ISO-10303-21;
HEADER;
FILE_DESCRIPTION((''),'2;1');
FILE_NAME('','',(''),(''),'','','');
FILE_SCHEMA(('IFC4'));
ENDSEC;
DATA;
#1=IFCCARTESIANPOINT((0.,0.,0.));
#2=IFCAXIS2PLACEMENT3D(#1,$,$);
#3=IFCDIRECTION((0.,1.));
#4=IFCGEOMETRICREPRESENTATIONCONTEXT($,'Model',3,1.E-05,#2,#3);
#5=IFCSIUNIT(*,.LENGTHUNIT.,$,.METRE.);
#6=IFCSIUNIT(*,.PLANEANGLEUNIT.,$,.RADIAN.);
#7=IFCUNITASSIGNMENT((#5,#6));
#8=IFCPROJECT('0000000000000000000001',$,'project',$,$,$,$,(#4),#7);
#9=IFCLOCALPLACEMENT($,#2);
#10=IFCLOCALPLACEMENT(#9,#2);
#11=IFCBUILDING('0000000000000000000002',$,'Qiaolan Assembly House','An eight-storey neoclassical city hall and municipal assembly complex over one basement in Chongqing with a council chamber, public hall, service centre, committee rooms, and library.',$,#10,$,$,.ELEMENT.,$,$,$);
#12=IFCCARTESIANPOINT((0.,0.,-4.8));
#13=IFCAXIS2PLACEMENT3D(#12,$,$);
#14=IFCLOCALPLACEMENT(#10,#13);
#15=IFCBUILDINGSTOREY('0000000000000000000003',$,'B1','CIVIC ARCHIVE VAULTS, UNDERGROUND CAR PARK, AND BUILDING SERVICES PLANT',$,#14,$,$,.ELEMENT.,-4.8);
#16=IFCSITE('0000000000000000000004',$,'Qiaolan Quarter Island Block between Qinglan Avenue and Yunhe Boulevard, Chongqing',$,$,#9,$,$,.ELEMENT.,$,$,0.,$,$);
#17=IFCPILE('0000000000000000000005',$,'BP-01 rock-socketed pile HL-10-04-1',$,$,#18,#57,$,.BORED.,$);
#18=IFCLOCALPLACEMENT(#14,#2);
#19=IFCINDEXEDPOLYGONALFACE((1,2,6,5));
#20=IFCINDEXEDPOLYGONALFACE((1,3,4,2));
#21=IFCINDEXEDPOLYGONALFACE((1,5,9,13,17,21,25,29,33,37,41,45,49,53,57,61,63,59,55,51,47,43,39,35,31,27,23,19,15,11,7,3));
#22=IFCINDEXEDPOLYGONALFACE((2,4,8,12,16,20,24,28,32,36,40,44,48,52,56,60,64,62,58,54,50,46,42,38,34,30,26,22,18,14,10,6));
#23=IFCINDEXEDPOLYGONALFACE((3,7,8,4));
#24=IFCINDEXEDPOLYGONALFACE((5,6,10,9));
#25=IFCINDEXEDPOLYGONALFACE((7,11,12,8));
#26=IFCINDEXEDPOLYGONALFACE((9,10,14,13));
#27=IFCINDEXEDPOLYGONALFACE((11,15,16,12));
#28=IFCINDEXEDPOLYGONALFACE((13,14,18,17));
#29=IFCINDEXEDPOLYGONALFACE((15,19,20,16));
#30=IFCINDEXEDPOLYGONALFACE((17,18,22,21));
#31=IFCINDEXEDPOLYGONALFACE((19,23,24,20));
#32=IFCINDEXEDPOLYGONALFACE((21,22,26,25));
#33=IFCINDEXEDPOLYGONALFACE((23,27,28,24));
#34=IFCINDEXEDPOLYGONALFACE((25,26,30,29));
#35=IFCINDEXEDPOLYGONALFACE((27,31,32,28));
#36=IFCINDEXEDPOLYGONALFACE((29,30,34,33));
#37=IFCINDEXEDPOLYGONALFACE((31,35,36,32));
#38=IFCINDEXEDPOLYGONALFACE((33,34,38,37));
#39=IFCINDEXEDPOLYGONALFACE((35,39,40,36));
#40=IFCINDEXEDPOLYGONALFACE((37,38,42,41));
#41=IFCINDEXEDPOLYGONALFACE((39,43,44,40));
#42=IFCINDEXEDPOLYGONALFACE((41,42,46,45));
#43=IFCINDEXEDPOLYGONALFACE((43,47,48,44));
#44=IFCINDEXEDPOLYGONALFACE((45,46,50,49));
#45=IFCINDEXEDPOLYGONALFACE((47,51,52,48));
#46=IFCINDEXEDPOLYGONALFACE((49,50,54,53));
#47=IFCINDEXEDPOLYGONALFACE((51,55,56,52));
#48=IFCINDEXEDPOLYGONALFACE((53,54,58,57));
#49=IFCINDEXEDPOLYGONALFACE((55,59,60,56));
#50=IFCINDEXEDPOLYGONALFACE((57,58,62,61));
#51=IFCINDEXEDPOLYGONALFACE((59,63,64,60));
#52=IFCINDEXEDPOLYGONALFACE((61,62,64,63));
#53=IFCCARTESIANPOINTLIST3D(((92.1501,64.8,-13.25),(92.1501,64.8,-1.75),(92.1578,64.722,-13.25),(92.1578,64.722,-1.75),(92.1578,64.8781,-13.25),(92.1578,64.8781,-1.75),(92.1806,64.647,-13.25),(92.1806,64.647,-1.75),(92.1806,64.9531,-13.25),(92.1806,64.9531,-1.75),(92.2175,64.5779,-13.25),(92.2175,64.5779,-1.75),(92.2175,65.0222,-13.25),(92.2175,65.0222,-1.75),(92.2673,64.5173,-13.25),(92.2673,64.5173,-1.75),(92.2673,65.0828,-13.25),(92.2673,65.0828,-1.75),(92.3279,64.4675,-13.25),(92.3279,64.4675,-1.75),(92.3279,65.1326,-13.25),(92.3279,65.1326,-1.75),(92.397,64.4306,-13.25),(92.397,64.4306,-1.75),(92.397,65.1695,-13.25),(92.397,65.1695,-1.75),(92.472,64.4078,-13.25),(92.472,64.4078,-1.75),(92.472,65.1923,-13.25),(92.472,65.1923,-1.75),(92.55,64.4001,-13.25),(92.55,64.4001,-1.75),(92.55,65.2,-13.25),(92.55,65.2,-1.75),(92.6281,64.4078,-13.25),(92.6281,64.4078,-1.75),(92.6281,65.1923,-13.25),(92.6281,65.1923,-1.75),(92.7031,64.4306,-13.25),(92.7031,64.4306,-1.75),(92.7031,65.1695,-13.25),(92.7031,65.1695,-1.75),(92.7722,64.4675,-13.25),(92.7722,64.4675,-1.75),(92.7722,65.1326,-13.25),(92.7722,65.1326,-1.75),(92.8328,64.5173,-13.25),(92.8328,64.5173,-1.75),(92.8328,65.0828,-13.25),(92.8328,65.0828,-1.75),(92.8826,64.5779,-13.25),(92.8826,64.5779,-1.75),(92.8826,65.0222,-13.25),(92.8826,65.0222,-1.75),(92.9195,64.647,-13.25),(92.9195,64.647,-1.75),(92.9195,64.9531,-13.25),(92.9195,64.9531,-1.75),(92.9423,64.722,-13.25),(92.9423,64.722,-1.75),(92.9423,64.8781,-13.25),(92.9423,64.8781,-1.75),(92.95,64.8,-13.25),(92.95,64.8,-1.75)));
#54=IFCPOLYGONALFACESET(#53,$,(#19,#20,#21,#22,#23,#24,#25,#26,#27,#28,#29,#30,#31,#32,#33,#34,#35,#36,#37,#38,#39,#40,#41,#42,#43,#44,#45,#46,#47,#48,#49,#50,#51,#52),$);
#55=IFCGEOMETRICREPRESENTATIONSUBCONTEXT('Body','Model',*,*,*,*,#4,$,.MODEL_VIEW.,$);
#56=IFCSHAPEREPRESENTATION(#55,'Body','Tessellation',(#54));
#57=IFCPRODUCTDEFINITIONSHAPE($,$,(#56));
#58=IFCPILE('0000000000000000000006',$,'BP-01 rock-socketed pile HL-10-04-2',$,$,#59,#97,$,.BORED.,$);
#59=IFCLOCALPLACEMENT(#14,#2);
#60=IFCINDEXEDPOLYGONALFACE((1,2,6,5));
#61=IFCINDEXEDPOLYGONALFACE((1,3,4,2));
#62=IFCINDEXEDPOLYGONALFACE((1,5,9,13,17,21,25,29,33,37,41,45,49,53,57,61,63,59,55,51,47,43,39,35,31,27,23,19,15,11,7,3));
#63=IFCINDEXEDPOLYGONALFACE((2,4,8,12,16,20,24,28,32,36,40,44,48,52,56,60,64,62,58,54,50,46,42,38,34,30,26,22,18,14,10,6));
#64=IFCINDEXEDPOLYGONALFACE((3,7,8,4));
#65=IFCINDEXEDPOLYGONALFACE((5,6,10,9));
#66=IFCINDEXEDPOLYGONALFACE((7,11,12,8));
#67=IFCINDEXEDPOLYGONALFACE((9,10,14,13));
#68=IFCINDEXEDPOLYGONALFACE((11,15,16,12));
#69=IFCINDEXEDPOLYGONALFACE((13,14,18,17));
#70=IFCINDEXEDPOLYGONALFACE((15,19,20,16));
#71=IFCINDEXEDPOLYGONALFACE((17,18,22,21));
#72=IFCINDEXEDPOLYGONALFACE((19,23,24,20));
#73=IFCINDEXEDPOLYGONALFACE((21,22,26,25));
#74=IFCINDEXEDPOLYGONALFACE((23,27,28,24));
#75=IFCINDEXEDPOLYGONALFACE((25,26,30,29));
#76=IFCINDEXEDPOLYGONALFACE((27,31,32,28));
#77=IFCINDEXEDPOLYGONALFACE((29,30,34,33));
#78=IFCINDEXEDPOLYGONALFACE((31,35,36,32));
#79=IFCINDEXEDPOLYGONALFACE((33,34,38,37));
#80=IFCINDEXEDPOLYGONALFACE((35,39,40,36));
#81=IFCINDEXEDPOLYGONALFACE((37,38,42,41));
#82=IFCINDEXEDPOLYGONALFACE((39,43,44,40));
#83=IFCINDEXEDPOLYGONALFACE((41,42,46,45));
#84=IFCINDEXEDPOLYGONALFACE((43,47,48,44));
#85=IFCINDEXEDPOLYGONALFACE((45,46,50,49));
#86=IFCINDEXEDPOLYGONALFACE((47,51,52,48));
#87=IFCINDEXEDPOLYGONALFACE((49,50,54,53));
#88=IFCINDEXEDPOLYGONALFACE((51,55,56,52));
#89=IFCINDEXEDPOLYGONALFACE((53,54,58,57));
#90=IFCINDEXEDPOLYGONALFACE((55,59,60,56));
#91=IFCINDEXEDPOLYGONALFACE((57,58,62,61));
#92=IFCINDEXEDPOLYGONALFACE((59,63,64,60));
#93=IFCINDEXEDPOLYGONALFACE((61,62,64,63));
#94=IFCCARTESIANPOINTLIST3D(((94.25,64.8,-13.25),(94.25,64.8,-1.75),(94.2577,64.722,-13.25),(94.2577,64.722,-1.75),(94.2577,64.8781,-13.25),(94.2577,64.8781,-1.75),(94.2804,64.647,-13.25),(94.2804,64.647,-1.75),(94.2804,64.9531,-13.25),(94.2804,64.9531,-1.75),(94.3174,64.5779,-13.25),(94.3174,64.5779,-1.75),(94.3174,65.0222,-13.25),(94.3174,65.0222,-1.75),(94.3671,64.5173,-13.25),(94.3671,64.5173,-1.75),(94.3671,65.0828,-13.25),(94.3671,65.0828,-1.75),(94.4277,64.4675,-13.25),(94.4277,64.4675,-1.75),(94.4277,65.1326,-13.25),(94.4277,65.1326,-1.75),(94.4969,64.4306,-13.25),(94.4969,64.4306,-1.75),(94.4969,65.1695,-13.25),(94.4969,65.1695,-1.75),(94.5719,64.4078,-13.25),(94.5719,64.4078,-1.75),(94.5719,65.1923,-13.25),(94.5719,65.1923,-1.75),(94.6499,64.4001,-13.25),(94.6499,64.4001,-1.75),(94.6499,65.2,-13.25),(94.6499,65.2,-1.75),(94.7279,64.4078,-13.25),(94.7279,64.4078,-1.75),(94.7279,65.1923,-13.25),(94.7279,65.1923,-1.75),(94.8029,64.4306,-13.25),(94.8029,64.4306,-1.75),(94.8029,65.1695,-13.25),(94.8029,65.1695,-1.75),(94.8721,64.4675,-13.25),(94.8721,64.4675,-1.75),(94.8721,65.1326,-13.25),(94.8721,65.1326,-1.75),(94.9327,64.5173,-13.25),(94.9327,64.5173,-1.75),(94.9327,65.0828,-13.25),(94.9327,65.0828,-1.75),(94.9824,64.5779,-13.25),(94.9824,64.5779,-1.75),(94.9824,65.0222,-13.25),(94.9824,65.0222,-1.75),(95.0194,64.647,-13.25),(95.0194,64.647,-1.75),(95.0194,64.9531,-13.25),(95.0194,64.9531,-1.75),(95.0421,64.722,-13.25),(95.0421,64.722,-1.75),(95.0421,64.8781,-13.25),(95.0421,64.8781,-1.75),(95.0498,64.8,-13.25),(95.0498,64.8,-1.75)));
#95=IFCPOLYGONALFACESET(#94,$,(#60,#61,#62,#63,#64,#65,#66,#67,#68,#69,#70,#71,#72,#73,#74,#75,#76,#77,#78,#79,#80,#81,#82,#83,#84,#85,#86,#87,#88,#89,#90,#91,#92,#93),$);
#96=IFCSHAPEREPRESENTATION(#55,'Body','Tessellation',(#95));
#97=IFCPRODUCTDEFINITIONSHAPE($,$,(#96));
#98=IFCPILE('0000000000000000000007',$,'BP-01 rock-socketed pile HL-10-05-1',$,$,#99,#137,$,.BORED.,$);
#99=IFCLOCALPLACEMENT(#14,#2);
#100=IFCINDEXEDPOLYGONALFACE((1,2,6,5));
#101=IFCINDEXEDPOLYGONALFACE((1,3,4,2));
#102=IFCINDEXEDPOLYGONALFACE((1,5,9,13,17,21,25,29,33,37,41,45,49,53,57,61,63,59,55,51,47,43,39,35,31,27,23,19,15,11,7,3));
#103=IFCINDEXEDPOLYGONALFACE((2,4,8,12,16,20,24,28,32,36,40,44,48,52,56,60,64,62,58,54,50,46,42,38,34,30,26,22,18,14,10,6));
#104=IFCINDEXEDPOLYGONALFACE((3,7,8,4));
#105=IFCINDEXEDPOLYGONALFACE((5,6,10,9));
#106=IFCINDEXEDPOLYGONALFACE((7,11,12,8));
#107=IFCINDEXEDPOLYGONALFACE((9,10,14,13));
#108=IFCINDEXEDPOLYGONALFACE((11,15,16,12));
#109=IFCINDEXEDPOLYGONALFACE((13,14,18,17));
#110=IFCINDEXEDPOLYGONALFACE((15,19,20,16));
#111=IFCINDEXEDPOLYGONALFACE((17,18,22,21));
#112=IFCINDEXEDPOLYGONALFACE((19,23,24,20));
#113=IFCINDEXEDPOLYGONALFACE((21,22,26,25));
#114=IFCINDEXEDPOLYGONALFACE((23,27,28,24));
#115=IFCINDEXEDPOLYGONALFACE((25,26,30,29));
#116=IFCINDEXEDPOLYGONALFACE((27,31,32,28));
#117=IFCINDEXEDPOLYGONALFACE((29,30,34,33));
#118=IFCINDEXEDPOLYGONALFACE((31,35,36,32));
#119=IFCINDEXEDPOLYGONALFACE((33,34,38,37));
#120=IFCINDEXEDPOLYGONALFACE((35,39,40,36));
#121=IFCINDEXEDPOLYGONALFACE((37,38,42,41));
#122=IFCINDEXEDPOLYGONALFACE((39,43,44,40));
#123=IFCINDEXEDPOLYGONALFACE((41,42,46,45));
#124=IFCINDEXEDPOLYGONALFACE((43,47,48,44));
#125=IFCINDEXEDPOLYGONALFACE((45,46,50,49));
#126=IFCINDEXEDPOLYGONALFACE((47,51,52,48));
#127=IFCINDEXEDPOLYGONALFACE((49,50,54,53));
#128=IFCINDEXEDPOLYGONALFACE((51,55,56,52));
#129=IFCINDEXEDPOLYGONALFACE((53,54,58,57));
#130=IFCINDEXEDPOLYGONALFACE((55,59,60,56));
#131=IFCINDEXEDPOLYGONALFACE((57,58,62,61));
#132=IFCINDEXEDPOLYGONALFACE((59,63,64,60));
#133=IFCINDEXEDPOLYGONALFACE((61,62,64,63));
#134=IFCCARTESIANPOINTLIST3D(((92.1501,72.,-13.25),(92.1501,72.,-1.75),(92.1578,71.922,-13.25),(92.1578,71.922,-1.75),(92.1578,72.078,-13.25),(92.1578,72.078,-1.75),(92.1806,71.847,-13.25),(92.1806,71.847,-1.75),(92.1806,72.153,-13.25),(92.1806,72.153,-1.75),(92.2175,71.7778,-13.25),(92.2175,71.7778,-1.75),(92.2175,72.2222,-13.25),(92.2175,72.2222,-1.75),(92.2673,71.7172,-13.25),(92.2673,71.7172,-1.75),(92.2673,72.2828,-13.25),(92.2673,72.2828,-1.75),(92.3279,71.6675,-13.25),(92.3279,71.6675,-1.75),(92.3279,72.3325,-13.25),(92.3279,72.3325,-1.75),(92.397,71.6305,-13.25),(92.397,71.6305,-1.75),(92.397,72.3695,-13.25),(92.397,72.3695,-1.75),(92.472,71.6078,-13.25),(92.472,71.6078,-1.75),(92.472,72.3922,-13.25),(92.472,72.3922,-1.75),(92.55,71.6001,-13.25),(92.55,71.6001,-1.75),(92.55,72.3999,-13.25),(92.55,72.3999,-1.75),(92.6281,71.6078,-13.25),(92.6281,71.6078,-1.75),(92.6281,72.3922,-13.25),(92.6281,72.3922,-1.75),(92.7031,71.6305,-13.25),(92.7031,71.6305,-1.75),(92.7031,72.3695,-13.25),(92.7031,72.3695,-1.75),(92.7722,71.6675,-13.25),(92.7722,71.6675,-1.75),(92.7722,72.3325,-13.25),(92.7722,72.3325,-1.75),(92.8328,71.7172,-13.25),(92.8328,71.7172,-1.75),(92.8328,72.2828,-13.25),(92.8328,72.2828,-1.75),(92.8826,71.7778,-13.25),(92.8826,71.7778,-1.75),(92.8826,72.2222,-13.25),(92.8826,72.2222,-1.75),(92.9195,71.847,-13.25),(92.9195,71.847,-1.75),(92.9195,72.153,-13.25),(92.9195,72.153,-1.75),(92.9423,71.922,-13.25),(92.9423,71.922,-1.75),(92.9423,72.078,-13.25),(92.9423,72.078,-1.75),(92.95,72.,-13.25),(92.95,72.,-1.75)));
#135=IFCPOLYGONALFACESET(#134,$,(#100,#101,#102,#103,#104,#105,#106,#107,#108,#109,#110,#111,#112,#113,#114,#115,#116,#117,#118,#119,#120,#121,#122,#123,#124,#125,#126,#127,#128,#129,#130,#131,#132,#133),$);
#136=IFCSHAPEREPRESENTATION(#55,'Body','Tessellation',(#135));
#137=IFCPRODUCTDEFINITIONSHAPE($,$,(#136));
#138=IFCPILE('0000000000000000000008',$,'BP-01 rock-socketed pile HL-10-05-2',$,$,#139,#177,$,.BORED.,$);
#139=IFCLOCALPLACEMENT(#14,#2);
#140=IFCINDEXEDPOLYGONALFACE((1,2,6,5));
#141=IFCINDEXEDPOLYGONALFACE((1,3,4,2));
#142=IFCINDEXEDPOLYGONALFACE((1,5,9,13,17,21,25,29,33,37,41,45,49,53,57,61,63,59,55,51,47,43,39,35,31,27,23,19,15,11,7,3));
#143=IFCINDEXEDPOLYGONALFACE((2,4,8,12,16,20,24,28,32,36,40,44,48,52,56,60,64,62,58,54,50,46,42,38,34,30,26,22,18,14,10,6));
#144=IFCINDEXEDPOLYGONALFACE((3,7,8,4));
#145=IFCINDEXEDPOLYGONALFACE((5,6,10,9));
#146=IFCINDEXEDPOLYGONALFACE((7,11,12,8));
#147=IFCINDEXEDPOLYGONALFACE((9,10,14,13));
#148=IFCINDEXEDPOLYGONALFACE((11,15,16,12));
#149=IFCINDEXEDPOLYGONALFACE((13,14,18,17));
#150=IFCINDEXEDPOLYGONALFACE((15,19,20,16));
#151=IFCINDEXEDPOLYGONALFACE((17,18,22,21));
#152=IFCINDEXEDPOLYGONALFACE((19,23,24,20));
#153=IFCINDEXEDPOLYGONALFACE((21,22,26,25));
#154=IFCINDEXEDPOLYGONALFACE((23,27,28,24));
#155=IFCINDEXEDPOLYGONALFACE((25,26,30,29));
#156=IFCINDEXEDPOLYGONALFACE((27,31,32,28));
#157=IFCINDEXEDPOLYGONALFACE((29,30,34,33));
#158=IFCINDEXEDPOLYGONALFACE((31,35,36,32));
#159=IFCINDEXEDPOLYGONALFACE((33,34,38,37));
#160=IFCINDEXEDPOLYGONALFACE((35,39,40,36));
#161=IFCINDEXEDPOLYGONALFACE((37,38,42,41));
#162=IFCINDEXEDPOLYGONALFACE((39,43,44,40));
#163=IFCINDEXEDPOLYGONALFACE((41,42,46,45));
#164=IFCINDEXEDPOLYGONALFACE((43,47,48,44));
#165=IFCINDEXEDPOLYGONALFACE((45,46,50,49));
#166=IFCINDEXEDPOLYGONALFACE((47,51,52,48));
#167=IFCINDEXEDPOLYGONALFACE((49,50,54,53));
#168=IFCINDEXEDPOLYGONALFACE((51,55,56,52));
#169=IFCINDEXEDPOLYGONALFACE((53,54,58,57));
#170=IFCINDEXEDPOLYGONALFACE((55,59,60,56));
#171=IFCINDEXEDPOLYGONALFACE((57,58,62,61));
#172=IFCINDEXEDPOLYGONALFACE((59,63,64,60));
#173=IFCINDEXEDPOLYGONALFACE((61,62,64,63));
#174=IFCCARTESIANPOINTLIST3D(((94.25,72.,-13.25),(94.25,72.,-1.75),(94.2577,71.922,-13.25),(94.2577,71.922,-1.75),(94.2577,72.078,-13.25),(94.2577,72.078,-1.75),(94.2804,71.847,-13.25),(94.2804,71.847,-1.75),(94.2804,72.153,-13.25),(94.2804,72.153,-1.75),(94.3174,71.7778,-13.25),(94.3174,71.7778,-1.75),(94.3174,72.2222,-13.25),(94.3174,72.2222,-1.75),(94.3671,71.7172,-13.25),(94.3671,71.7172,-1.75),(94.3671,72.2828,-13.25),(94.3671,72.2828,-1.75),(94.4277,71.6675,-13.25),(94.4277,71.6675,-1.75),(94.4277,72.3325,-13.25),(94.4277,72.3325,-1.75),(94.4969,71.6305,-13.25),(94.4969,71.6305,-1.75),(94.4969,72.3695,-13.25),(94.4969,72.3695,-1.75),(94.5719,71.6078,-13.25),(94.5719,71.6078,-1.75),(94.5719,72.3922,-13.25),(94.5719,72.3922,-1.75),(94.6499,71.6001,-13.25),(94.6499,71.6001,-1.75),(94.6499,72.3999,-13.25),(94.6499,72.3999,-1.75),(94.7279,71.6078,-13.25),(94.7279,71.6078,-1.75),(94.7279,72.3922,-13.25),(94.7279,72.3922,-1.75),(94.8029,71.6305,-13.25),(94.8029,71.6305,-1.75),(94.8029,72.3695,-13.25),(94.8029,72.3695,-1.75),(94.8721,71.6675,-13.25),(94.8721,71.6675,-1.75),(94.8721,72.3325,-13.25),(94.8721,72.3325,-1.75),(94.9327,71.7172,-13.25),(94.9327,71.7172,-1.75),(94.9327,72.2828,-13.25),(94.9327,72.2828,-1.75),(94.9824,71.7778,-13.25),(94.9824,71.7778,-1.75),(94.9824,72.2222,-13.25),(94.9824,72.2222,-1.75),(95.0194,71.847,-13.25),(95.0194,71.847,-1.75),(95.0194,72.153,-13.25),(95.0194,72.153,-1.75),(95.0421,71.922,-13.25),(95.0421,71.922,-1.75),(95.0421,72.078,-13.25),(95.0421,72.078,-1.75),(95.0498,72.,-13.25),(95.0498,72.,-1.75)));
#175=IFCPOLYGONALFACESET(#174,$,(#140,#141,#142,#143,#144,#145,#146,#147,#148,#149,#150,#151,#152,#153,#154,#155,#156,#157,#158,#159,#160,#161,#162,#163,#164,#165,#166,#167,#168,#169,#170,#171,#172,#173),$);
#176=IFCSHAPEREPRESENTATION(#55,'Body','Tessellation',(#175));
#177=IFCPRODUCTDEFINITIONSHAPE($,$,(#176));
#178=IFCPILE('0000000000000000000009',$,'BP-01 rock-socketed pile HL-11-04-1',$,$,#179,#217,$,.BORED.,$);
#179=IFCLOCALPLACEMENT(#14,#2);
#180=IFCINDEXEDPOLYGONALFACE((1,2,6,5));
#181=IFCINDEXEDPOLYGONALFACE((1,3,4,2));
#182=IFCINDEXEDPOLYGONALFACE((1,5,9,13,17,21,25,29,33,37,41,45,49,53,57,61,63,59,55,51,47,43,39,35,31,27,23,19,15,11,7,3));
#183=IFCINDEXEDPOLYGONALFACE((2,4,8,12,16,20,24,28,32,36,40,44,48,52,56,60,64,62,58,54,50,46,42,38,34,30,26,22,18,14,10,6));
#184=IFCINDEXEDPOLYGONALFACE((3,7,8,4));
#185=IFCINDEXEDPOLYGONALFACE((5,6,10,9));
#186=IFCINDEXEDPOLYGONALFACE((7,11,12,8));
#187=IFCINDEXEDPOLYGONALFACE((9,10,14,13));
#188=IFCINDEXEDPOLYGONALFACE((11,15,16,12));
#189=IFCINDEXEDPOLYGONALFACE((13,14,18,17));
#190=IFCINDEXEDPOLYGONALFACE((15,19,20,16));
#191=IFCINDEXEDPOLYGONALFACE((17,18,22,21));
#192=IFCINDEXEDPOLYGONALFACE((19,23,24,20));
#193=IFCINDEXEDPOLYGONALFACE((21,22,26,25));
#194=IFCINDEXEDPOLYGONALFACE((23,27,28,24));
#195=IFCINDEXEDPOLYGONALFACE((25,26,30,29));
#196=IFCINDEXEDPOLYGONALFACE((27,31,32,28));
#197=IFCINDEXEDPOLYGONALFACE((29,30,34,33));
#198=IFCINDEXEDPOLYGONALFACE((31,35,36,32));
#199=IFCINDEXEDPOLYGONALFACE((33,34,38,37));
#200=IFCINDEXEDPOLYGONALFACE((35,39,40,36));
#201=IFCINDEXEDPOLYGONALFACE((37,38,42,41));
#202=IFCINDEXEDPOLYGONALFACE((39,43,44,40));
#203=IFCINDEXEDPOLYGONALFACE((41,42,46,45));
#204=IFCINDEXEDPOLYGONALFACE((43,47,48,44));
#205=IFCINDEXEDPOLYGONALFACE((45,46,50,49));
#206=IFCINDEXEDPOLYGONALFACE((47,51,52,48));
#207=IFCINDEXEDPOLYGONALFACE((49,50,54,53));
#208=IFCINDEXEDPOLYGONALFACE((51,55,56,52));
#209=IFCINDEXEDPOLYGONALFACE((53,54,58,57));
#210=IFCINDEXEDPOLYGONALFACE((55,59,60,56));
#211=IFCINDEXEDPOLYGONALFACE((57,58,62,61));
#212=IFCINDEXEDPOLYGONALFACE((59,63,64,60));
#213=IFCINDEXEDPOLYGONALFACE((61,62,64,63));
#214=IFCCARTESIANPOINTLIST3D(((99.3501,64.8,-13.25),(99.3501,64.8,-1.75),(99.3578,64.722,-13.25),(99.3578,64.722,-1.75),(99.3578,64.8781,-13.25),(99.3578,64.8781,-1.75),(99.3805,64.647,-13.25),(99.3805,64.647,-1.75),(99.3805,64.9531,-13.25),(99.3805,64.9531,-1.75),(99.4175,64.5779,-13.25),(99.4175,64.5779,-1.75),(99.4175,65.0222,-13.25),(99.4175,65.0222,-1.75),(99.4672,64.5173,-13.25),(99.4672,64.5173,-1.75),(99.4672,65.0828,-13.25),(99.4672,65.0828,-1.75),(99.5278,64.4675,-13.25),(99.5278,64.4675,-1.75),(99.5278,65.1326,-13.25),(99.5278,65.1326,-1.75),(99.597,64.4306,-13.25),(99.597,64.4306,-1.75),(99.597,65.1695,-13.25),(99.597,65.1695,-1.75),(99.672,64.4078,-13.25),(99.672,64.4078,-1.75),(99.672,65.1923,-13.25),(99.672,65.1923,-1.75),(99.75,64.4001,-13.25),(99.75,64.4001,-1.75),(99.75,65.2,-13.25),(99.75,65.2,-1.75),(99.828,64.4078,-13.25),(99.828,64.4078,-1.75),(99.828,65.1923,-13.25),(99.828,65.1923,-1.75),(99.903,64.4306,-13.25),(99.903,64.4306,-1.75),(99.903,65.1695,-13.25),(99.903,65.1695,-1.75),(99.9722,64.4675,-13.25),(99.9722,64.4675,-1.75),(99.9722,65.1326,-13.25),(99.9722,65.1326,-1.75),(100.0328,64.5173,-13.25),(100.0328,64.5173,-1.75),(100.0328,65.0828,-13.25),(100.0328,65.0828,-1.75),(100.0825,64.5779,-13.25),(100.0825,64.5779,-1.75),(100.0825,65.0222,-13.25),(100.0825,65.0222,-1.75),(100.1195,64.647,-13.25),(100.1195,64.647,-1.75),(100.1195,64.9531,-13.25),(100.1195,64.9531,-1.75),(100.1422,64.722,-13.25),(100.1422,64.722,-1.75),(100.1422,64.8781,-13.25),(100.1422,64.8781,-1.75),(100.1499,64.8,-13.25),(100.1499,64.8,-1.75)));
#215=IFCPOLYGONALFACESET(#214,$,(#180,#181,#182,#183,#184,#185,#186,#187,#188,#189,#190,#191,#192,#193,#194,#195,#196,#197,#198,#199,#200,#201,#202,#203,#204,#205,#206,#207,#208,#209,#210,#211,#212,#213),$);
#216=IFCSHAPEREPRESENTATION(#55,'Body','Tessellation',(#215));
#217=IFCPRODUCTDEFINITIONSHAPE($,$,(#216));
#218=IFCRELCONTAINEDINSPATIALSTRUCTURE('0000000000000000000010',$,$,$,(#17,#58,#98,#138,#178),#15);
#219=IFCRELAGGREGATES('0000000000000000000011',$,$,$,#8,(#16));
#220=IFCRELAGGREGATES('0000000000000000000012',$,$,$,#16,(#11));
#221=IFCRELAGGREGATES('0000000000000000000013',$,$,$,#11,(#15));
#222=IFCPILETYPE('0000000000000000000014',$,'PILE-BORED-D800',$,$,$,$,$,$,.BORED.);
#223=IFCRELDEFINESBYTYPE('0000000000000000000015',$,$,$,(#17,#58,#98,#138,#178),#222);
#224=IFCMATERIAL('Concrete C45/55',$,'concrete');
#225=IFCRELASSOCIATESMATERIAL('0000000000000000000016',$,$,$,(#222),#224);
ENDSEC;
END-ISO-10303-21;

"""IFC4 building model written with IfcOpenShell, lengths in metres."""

from ifc_helpers import new_model, si_unit, direction, frame, origin, origin_2d, place, context, subcontext, project, spatial, circle, extrude, material, material_profile, profile_set, type_object, element, save


model = new_model("IFC4")

# Units and contexts
model_context = context("Model", 3, precision=1e-05, world=origin(), true_north=direction((0.0, 1.0)))
body_context = subcontext(model_context, "Body", "Model", "MODEL_VIEW")
ifc_project = project(units=[si_unit("LENGTHUNIT", "METRE"), si_unit("PLANEANGLEUNIT", "RADIAN")], contexts=[model_context])

# Site, building, storey
site_placement = place(None, origin())
site = spatial("IfcSite", under=ifc_project, at=site_placement, Name="Qiaolan Quarter Island Block between Qinglan Avenue and Yunhe Boulevard, Chongqing", CompositionType="ELEMENT", RefElevation=0.0)
building_placement = place(site_placement, origin())
building = spatial("IfcBuilding", under=site, at=building_placement, Name="Qiaolan Assembly House", Description="An eight-storey neoclassical city hall and municipal assembly complex over one basement in Chongqing with a council chamber, public hall, service centre, committee rooms, and library.", CompositionType="ELEMENT")
storey_placement = place(building_placement, frame((0.0, 0.0, -4.8)))
storey = spatial("IfcBuildingStorey", under=building, at=storey_placement, Name="B1", Description="CIVIC ARCHIVE VAULTS, UNDERGROUND CAR PARK, AND BUILDING SERVICES PLANT", CompositionType="ELEMENT", Elevation=-4.8)

# Piles
ifc_material_1 = material(Name="Concrete C45/55", Category="concrete")
ifc_material_profile_1 = material_profile(ifc_material_1, circle(Radius=0.3999, at=origin_2d()), Name="PILE D800")
ifc_profile_set_1 = profile_set([ifc_material_profile_1], Name="Concrete C45/55")
pile_type = type_object("IfcPileType", Name="PILE-BORED-D800", PredefinedType="BORED", material=ifc_profile_set_1)
for number, where, z_axis, x_axis, name in (
    (1, (92.55, 64.8, -1.75), (0.0, 0.0, -1.0), (1.0, 0.0, 0.0), "BP-01 rock-socketed pile HL-10-04-1"),
    (2, (94.6499, 64.8, -1.75), (0.0, 0.0, -1.0), (1.0, 0.0, 0.0), "BP-01 rock-socketed pile HL-10-04-2"),
    (3, (92.55, 72.0, -1.75), (0.0, 0.0, -1.0), (1.0, 0.0, 0.0), "BP-01 rock-socketed pile HL-10-05-1"),
    (4, (94.6499, 72.0, -1.75), (0.0, 0.0, -1.0), (1.0, 0.0, 0.0), "BP-01 rock-socketed pile HL-10-05-2"),
    (5, (99.75, 64.8, -1.75), (0.0, 0.0, -1.0), (1.0, 0.0, 0.0), "BP-01 rock-socketed pile HL-11-04-1"),
):
    element("IfcPile", number, at=place(storey_placement, frame(where, z_axis=z_axis, x_axis=x_axis)), inside=storey, type_object=pile_type, Name=name, PredefinedType="BORED", context=body_context, shape_type="SweptSolid", body=[
        extrude(circle(Radius=0.3999, at=origin_2d()), origin(), (0.0, 0.0, 1.0), 11.5),
    ])

save(model, "model.ifc")
